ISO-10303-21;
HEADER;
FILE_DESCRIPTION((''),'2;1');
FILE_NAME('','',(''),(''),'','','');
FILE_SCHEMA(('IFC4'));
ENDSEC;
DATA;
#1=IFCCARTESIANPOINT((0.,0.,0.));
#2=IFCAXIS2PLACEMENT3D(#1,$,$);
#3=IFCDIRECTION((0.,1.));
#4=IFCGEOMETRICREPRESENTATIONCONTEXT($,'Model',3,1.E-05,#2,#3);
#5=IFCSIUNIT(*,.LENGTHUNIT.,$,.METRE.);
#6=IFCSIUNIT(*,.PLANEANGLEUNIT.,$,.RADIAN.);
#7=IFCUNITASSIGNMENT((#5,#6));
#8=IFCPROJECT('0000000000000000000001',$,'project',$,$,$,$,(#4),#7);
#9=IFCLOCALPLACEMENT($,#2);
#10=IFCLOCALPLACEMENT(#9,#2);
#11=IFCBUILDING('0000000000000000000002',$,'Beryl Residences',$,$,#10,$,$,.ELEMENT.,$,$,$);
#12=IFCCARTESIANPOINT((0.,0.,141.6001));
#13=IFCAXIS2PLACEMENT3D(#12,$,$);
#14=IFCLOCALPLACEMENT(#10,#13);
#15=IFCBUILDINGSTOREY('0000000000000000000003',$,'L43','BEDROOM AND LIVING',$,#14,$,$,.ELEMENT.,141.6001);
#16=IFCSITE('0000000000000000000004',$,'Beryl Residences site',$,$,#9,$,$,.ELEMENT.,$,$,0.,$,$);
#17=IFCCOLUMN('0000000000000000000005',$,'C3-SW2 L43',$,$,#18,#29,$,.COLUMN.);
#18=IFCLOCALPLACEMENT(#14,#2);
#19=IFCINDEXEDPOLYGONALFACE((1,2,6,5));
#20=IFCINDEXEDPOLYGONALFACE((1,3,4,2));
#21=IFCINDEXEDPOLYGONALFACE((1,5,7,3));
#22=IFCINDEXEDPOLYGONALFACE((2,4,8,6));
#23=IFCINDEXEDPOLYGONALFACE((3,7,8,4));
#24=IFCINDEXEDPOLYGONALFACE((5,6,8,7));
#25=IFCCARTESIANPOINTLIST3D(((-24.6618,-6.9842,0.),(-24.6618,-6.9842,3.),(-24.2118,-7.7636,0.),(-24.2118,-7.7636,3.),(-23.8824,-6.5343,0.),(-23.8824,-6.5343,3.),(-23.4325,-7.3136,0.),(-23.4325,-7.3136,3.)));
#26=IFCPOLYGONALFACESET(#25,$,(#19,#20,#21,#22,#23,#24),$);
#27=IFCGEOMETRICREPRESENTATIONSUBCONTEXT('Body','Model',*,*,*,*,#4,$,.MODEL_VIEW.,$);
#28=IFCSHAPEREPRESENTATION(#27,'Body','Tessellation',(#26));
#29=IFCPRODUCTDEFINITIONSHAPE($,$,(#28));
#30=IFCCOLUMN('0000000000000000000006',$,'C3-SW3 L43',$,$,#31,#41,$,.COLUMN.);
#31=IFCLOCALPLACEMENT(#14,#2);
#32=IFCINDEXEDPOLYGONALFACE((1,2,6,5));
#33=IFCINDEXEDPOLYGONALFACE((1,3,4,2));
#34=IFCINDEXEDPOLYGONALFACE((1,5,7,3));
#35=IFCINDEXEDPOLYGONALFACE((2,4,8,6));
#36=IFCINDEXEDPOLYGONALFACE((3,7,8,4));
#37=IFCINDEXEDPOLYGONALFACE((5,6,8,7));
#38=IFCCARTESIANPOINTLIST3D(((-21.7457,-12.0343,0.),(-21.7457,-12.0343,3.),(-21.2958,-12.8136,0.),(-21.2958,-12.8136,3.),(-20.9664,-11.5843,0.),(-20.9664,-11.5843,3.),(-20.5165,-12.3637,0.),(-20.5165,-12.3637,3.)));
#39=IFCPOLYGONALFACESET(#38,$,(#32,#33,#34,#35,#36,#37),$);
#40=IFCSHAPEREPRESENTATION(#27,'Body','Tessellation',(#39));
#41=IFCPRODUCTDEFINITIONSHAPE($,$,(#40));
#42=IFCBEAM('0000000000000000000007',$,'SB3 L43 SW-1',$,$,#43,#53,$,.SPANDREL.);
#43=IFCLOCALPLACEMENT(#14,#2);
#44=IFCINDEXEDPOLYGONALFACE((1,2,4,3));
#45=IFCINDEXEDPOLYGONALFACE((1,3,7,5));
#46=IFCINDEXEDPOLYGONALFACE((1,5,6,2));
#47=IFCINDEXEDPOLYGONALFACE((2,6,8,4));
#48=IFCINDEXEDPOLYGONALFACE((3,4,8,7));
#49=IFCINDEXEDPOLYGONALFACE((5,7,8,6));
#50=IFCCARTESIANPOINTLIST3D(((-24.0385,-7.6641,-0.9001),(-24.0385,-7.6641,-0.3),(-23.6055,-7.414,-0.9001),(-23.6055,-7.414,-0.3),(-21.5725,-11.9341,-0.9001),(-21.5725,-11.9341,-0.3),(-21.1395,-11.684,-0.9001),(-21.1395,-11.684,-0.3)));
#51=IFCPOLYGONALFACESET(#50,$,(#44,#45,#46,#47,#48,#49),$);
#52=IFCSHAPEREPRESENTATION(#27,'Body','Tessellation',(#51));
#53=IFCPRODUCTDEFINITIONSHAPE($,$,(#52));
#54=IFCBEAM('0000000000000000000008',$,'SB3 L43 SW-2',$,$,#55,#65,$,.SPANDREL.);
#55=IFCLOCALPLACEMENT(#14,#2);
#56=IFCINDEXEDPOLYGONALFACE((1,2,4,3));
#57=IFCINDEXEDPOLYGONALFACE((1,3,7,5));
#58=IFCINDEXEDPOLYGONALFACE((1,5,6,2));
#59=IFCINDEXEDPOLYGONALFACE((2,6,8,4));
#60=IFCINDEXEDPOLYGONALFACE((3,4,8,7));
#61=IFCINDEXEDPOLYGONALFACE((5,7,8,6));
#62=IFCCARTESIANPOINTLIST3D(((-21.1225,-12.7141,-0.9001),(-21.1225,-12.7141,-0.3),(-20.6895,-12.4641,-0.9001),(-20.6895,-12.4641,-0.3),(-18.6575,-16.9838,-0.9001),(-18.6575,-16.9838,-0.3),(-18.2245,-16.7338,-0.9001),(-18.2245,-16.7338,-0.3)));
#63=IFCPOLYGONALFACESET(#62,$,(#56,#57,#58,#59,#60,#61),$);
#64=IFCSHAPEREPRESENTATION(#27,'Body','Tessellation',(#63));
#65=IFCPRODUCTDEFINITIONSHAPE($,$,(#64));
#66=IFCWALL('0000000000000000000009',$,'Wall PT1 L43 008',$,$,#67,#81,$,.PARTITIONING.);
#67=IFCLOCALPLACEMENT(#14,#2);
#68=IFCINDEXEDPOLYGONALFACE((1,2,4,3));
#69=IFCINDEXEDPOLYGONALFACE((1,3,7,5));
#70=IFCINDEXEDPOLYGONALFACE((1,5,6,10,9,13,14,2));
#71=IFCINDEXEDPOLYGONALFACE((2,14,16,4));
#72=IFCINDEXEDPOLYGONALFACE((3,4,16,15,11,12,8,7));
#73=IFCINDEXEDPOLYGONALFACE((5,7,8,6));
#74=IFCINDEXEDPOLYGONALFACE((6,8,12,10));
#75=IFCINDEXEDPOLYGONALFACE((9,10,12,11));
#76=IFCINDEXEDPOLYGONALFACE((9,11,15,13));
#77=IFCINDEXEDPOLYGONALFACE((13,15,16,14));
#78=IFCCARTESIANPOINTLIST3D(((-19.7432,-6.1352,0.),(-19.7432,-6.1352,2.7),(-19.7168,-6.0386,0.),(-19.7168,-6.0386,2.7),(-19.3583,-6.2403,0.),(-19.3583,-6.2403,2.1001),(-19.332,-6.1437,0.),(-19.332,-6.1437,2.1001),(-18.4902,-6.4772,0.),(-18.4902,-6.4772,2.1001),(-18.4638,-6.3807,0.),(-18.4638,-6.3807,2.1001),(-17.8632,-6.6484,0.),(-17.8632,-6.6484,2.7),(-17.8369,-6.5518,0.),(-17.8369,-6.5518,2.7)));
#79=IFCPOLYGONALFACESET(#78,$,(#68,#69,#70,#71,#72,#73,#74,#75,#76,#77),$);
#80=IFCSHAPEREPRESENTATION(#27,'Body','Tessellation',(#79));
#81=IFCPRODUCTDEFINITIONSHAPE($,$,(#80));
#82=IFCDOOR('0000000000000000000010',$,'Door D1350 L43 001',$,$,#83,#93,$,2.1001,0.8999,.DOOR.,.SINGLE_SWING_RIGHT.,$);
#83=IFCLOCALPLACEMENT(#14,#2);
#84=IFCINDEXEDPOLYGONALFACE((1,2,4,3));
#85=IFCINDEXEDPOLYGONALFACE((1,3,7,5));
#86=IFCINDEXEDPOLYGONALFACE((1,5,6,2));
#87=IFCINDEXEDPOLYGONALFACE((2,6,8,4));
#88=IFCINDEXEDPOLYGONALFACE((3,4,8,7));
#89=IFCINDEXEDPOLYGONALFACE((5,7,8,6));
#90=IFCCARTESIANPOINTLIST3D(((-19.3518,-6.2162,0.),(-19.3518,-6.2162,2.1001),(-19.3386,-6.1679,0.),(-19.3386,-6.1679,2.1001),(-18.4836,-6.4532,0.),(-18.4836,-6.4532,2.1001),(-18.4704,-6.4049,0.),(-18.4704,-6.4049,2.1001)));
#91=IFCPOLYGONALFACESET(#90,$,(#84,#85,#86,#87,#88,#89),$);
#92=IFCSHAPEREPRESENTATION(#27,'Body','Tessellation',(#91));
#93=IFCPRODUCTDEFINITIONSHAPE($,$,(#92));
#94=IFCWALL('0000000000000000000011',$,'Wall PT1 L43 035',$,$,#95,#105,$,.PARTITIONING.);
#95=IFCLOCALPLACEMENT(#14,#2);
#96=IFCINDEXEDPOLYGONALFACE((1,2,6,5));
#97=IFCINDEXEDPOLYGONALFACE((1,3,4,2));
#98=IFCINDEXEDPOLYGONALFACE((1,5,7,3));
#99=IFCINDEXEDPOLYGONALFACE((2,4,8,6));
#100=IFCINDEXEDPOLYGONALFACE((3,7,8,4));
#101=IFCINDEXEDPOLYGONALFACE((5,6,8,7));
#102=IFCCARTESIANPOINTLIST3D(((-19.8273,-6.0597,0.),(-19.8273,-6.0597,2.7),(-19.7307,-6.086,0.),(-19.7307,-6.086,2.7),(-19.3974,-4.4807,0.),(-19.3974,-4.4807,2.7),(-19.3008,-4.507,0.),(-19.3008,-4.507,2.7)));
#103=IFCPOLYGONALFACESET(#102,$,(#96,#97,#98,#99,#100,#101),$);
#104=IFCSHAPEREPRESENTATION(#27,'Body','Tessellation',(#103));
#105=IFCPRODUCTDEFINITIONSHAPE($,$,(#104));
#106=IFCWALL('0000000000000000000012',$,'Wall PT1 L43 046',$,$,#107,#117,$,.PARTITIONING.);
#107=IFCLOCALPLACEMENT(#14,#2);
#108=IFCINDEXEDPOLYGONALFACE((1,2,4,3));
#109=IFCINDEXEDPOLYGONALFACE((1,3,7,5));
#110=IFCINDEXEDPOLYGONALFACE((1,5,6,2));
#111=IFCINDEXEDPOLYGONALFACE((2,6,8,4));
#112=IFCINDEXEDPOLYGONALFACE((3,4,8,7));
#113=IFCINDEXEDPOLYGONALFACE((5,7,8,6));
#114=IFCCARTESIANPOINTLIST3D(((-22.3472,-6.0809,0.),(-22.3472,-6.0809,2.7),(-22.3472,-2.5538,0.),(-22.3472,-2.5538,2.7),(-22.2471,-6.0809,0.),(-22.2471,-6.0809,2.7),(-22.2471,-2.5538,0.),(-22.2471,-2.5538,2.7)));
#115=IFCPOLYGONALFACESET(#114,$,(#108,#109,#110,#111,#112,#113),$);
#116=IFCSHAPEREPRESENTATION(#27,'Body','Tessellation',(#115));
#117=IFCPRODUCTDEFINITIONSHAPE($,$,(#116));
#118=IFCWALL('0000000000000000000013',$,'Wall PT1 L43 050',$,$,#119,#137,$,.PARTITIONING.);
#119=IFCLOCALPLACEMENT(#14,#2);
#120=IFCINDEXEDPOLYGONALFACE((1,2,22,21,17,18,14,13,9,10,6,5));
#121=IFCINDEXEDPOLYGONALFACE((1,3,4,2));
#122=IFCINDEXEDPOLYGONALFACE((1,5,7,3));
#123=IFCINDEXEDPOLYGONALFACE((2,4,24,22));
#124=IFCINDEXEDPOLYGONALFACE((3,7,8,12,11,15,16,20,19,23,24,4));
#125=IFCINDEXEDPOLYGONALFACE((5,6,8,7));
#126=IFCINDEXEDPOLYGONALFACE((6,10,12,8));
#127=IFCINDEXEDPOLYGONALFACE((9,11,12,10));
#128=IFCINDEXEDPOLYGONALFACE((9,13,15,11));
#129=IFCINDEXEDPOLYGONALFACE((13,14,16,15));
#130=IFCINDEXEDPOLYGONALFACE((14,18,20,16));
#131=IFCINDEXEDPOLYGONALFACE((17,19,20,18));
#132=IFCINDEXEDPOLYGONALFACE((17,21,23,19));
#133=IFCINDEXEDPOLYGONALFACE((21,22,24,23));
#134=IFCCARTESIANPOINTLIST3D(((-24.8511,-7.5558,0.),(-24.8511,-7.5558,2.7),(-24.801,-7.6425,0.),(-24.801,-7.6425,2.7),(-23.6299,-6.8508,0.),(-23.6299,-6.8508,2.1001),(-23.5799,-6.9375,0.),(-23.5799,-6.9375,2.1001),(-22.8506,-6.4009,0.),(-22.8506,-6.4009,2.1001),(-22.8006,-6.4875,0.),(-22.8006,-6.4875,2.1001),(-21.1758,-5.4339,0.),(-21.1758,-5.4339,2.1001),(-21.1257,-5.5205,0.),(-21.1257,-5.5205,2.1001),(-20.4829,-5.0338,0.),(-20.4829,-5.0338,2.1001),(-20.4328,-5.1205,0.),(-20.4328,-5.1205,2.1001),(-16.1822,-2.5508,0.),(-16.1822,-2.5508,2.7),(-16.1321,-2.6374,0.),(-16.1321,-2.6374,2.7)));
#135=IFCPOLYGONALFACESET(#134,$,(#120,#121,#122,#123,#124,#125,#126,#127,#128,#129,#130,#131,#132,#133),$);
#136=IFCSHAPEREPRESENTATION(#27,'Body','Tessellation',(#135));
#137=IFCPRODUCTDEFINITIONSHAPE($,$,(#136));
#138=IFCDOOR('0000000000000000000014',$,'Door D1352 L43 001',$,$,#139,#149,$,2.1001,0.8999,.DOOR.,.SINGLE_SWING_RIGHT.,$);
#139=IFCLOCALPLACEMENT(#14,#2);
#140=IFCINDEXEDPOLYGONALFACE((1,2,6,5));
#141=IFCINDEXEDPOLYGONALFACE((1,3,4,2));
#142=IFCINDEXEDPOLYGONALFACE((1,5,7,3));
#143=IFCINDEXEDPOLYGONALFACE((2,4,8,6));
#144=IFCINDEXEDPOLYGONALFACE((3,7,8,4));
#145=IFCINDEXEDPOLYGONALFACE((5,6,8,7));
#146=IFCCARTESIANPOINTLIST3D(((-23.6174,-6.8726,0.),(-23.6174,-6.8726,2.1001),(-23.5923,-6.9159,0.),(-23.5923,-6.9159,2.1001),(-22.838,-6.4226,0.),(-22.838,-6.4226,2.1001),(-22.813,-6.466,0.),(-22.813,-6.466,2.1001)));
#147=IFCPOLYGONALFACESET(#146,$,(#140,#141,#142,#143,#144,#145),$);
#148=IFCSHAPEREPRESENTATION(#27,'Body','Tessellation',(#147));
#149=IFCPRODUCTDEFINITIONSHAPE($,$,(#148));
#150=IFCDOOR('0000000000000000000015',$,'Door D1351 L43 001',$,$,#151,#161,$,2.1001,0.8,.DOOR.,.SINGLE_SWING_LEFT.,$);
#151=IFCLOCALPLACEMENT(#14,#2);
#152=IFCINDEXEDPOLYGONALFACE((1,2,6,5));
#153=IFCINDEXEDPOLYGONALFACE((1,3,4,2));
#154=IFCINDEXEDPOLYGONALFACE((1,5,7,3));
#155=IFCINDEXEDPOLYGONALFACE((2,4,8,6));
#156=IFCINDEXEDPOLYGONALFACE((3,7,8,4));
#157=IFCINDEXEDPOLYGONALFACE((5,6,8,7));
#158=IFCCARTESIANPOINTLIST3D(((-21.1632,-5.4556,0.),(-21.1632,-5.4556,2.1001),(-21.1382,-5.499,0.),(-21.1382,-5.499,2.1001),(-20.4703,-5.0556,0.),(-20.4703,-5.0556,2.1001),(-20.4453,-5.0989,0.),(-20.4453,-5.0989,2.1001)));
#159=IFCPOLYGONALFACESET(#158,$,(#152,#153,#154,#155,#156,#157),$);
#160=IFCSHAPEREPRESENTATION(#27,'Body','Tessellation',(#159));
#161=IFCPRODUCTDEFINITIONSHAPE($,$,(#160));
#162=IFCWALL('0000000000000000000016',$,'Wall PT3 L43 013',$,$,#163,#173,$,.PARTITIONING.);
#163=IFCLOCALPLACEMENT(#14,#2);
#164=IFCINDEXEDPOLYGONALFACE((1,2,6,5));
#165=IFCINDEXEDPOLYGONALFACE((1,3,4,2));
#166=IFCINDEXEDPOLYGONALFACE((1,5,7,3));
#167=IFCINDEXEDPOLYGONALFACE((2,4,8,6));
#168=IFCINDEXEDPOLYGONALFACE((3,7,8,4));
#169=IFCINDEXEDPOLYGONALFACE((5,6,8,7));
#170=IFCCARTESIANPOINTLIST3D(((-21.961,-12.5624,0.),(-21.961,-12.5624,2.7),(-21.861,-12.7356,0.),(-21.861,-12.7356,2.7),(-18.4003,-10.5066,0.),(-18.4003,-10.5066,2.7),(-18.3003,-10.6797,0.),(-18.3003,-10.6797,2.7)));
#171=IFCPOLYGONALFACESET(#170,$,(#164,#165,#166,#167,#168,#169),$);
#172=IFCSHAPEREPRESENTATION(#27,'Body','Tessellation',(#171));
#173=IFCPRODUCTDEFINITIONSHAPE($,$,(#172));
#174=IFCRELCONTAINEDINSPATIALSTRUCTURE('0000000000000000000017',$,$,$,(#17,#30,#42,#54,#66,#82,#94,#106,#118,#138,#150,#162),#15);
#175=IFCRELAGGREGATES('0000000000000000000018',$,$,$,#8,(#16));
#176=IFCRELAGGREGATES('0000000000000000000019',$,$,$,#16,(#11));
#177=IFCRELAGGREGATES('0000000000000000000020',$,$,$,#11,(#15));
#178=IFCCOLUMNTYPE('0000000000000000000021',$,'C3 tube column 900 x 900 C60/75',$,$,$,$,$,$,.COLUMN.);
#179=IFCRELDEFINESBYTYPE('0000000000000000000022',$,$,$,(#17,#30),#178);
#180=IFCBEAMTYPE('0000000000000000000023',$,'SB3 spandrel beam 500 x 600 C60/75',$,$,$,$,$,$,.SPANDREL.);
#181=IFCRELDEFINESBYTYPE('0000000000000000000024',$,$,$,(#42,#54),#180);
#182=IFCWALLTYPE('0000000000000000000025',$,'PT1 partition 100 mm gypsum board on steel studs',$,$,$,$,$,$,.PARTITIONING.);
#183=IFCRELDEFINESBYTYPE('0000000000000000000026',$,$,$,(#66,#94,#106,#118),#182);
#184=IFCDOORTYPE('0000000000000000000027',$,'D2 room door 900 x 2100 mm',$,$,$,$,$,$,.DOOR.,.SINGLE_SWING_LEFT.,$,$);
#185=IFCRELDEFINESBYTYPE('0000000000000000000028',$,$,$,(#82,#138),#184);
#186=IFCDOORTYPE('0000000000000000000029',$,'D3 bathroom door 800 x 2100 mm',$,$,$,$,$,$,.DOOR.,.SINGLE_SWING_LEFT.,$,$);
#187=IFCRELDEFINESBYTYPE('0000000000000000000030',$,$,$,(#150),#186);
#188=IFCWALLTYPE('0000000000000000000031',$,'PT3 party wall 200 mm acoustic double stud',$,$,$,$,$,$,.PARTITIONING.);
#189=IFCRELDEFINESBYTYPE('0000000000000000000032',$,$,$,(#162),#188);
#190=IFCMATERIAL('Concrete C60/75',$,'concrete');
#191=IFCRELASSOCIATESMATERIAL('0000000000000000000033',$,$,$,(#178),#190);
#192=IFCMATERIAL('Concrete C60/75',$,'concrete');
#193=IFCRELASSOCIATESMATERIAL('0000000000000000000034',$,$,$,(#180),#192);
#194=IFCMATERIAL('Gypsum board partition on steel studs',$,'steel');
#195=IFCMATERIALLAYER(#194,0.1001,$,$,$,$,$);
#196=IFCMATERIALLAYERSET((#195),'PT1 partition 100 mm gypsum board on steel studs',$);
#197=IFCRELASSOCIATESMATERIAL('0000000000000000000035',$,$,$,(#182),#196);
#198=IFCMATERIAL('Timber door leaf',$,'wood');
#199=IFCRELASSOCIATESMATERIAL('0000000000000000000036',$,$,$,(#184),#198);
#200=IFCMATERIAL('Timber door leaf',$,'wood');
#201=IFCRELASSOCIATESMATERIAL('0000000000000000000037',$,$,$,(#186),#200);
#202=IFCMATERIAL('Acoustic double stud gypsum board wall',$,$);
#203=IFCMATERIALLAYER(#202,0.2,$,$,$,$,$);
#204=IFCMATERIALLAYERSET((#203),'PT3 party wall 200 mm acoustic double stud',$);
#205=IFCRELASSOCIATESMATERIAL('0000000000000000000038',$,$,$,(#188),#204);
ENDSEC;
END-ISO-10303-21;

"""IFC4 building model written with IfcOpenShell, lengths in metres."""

from ifc_helpers import new_model, si_unit, direction, frame, frame_2d, origin, origin_2d, place, context, subcontext, project, spatial, rectangle, extrude, material, layer, layer_set, material_profile, profile_set, type_object, element, fill, save


model = new_model("IFC4")

# Units and contexts
model_context = context("Model", 3, precision=1e-05, world=origin(), true_north=direction((0.0, 1.0)))
body_context = subcontext(model_context, "Body", "Model", "MODEL_VIEW")
ifc_project = project(units=[si_unit("LENGTHUNIT", "METRE"), si_unit("PLANEANGLEUNIT", "RADIAN")], contexts=[model_context])

# Site, building, storey
site_placement = place(None, origin())
site = spatial("IfcSite", under=ifc_project, at=site_placement, Name="Beryl Residences site", CompositionType="ELEMENT", RefElevation=0.0)
building_placement = place(site_placement, origin())
building = spatial("IfcBuilding", under=site, at=building_placement, Name="Beryl Residences", CompositionType="ELEMENT")
storey_placement = place(building_placement, frame((0.0, 0.0, 141.6001)))
storey = spatial("IfcBuildingStorey", under=building, at=storey_placement, Name="L43", Description="BEDROOM AND LIVING", CompositionType="ELEMENT", Elevation=141.6001)

# Columns
ifc_material_1 = material(Name="Concrete C60/75", Category="concrete")
ifc_material_profile_1 = material_profile(ifc_material_1, rectangle(XDim=0.8999, YDim=0.8999, at=origin_2d()))
ifc_profile_set_1 = profile_set([ifc_material_profile_1], Name="Concrete C60/75")
column_type = type_object("IfcColumnType", Name="C3 tube column 900 x 900 C60/75", PredefinedType="COLUMN", material=ifc_profile_set_1)
for number, where, z_axis, x_axis, name in (
    (1, (-24.0471, -7.1489, 0.0), (0.0, 0.0, 1.0), (0.5, -0.866025, 0.0), "C3-SW2 L43"),
    (2, (-21.1311, -12.199, 0.0), (0.0, 0.0, 1.0), (0.5, -0.866025, 0.0), "C3-SW3 L43"),
):
    element("IfcColumn", number, at=place(storey_placement, frame(where, z_axis=z_axis, x_axis=x_axis)), inside=storey, type_object=column_type, Name=name, PredefinedType="COLUMN", context=body_context, shape_type="SweptSolid", body=[
        extrude(rectangle(XDim=0.8999, YDim=0.8999, at=origin_2d()), origin(), (0.0, 0.0, 1.0), 3.0),
    ])

# Beams
ifc_material_2 = material(Name="Concrete C60/75", Category="concrete")
ifc_material_profile_2 = material_profile(ifc_material_2, rectangle(XDim=0.5, YDim=0.6001, at=origin_2d()))
ifc_profile_set_2 = profile_set([ifc_material_profile_2], Name="Concrete C60/75")
beam_type = type_object("IfcBeamType", Name="SB3 spandrel beam 500 x 600 C60/75", PredefinedType="SPANDREL", material=ifc_profile_set_2)
beam_1_placement = place(storey_placement, frame((-23.822, -7.5391, -0.6001), z_axis=(0.500117, -0.865958, 0.0), x_axis=(0.865958, 0.500117, 0.0)))
element("IfcBeam", 3, at=beam_1_placement, inside=storey, type_object=beam_type, Name="SB3 L43 SW-1", PredefinedType="SPANDREL", context=body_context, shape_type="SweptSolid", body=[
    extrude(rectangle(XDim=0.5, YDim=0.6001, at=origin_2d()), origin(), (0.0, 0.0, 1.0), 4.9309),
])
beam_2_placement = place(storey_placement, frame((-20.906, -12.5891, -0.6001), z_axis=(0.49999, -0.866031, 0.0), x_axis=(0.866031, 0.49999, 0.0)))
element("IfcBeam", 4, at=beam_2_placement, inside=storey, type_object=beam_type, Name="SB3 L43 SW-2", PredefinedType="SPANDREL", context=body_context, shape_type="SweptSolid", body=[
    extrude(rectangle(XDim=0.5, YDim=0.6001, at=origin_2d()), origin(), (0.0, 0.0, 1.0), 4.9302),
])

# Wall, opening, door
ifc_material_3 = material(Name="Gypsum board partition on steel studs", Category="steel")
ifc_layer_1 = layer(ifc_material_3, 0.1001)
ifc_layer_set_1 = layer_set([ifc_layer_1], Name="PT1 partition 100 mm gypsum board on steel studs")
wall_type_1 = type_object("IfcWallType", Name="PT1 partition 100 mm gypsum board on steel studs", PredefinedType="PARTITIONING", material=ifc_layer_set_1)
wall_1_placement = place(storey_placement, frame((-19.73, -6.0869, 0.0), z_axis=(0.0, 0.0, 1.0), x_axis=(0.9647, -0.263351, 0.0)))
wall_1 = element("IfcWall", 5, at=wall_1_placement, inside=storey, type_object=wall_type_1, Name="Wall PT1 L43 008", PredefinedType="PARTITIONING", context=body_context, shape_type="SweptSolid", body=[
    extrude(rectangle(XDim=1.9487, YDim=0.1001, at=frame_2d((0.9744, 0.0))), origin(), (0.0, 0.0, 1.0), 2.7),
])
opening_1_placement = place(wall_1_placement, frame((0.3989, 0.0, 0.0)))
opening_1 = element("IfcOpeningElement", 6, at=opening_1_placement, cuts=wall_1, PredefinedType="OPENING", context=body_context, shape_type="SweptSolid", body=[
    extrude(rectangle(XDim=0.8999, YDim=2.1001, at=frame_2d((0.45, 1.05))), frame((0.0, 0.0601, 0.0), z_axis=(0.0, -1.0, 0.0), x_axis=(1.0, 0.0, 0.0)), (0.0, 0.0, 1.0), 0.1201),
])
ifc_material_4 = material(Name="Timber door leaf", Category="wood")
door_type_1 = type_object("IfcDoorType", Name="D2 room door 900 x 2100 mm", OperationType="SINGLE_SWING_LEFT", PredefinedType="DOOR", material=ifc_material_4)
door_1_placement = place(opening_1_placement, origin())
door_1 = element("IfcDoor", 7, at=door_1_placement, inside=storey, type_object=door_type_1, Name="Door D1350 L43 001", OperationType="SINGLE_SWING_RIGHT", OverallHeight=2.1001, OverallWidth=0.8999, PredefinedType="DOOR", context=body_context, shape_type="SweptSolid", body=[
    extrude(rectangle(XDim=0.8999, YDim=2.1001, at=frame_2d((0.45, 1.05))), frame((0.0, 0.0249, 0.0), z_axis=(0.0, -1.0, 0.0), x_axis=(1.0, 0.0, 0.0)), (0.0, 0.0, 1.0), 0.05),
])
fill(opening_1, door_1)

# Walls
wall_2_placement = place(storey_placement, frame((-19.7791, -6.073, 0.0), z_axis=(0.0, 0.0, 1.0), x_axis=(0.262701, 0.964877, 0.0)))
element("IfcWall", 8, at=wall_2_placement, inside=storey, type_object=wall_type_1, Name="Wall PT1 L43 035", PredefinedType="PARTITIONING", context=body_context, shape_type="SweptSolid", body=[
    extrude(rectangle(XDim=1.6365, YDim=0.1001, at=frame_2d((0.8184, 0.0))), origin(), (0.0, 0.0, 1.0), 2.7),
])
wall_3_placement = place(storey_placement, frame((-22.2971, -6.0811, 0.0), z_axis=(0.0, 0.0, 1.0), x_axis=(0.0, 1.0, 0.0)))
element("IfcWall", 9, at=wall_3_placement, inside=storey, type_object=wall_type_1, Name="Wall PT1 L43 046", PredefinedType="PARTITIONING", context=body_context, shape_type="SweptSolid", body=[
    extrude(rectangle(XDim=3.5271, YDim=0.1001, at=frame_2d((1.7637, 0.0))), origin(), (0.0, 0.0, 1.0), 2.7),
])

# Wall, openings, doors
wall_4_placement = place(storey_placement, frame((-24.8259, -7.5991, 0.0), z_axis=(0.0, 0.0, 1.0), x_axis=(0.866021, 0.500008, 0.0)))
wall_4 = element("IfcWall", 10, at=wall_4_placement, inside=storey, type_object=wall_type_1, Name="Wall PT1 L43 050", PredefinedType="PARTITIONING", context=body_context, shape_type="SweptSolid", body=[
    extrude(rectangle(XDim=10.01, YDim=0.1001, at=frame_2d((5.0049, 0.0))), origin(), (0.0, 0.0, 1.0), 2.7),
])
opening_2_placement = place(wall_4_placement, frame((4.2439, 0.0, 0.0)))
opening_2 = element("IfcOpeningElement", 11, at=opening_2_placement, cuts=wall_4, PredefinedType="OPENING", context=body_context, shape_type="SweptSolid", body=[
    extrude(rectangle(XDim=0.8, YDim=2.1001, at=frame_2d((0.3999, 1.05))), frame((0.0, 0.0601, 0.0), z_axis=(0.0, -1.0, 0.0), x_axis=(1.0, 0.0, 0.0)), (0.0, 0.0, 1.0), 0.1201),
])
opening_3_placement = place(wall_4_placement, frame((1.4099, 0.0, 0.0)))
opening_3 = element("IfcOpeningElement", 12, at=opening_3_placement, cuts=wall_4, PredefinedType="OPENING", context=body_context, shape_type="SweptSolid", body=[
    extrude(rectangle(XDim=0.8999, YDim=2.1001, at=frame_2d((0.45, 1.05))), frame((0.0, 0.0601, 0.0), z_axis=(0.0, -1.0, 0.0), x_axis=(1.0, 0.0, 0.0)), (0.0, 0.0, 1.0), 0.1201),
])
door_2_placement = place(opening_3_placement, origin())
door_2 = element("IfcDoor", 13, at=door_2_placement, inside=storey, type_object=door_type_1, Name="Door D1352 L43 001", OperationType="SINGLE_SWING_RIGHT", OverallHeight=2.1001, OverallWidth=0.8999, PredefinedType="DOOR", context=body_context, shape_type="SweptSolid", body=[
    extrude(rectangle(XDim=0.8999, YDim=2.1001, at=frame_2d((0.45, 1.05))), frame((0.0, 0.0249, 0.0), z_axis=(0.0, -1.0, 0.0), x_axis=(1.0, 0.0, 0.0)), (0.0, 0.0, 1.0), 0.05),
])
fill(opening_3, door_2)
ifc_material_5 = material(Name="Timber door leaf", Category="wood")
door_type_2 = type_object("IfcDoorType", Name="D3 bathroom door 800 x 2100 mm", OperationType="SINGLE_SWING_LEFT", PredefinedType="DOOR", material=ifc_material_5)
door_3_placement = place(opening_2_placement, origin())
door_3 = element("IfcDoor", 14, at=door_3_placement, inside=storey, type_object=door_type_2, Name="Door D1351 L43 001", OperationType="SINGLE_SWING_LEFT", OverallHeight=2.1001, OverallWidth=0.8, PredefinedType="DOOR", context=body_context, shape_type="SweptSolid", body=[
    extrude(rectangle(XDim=0.8, YDim=2.1001, at=frame_2d((0.3999, 1.05))), frame((0.0, 0.0249, 0.0), z_axis=(0.0, -1.0, 0.0), x_axis=(1.0, 0.0, 0.0)), (0.0, 0.0, 1.0), 0.05),
])
fill(opening_2, door_3)

# Wall
ifc_material_6 = material(Name="Acoustic double stud gypsum board wall")
ifc_layer_2 = layer(ifc_material_6, 0.2)
ifc_layer_set_2 = layer_set([ifc_layer_2], Name="PT3 party wall 200 mm acoustic double stud")
wall_type_2 = type_object("IfcWallType", Name="PT3 party wall 200 mm acoustic double stud", PredefinedType="PARTITIONING", material=ifc_layer_set_2)
wall_5_placement = place(storey_placement, frame((-21.9109, -12.6489, 0.0), z_axis=(0.0, 0.0, 1.0), x_axis=(0.866016, 0.500015, 0.0)))
element("IfcWall", 15, at=wall_5_placement, inside=storey, type_object=wall_type_2, Name="Wall PT3 L43 013", PredefinedType="PARTITIONING", context=body_context, shape_type="SweptSolid", body=[
    extrude(rectangle(XDim=4.1116, YDim=0.2, at=frame_2d((2.0557, 0.0))), origin(), (0.0, 0.0, 1.0), 2.7),
])

save(model, "model.ifc")
